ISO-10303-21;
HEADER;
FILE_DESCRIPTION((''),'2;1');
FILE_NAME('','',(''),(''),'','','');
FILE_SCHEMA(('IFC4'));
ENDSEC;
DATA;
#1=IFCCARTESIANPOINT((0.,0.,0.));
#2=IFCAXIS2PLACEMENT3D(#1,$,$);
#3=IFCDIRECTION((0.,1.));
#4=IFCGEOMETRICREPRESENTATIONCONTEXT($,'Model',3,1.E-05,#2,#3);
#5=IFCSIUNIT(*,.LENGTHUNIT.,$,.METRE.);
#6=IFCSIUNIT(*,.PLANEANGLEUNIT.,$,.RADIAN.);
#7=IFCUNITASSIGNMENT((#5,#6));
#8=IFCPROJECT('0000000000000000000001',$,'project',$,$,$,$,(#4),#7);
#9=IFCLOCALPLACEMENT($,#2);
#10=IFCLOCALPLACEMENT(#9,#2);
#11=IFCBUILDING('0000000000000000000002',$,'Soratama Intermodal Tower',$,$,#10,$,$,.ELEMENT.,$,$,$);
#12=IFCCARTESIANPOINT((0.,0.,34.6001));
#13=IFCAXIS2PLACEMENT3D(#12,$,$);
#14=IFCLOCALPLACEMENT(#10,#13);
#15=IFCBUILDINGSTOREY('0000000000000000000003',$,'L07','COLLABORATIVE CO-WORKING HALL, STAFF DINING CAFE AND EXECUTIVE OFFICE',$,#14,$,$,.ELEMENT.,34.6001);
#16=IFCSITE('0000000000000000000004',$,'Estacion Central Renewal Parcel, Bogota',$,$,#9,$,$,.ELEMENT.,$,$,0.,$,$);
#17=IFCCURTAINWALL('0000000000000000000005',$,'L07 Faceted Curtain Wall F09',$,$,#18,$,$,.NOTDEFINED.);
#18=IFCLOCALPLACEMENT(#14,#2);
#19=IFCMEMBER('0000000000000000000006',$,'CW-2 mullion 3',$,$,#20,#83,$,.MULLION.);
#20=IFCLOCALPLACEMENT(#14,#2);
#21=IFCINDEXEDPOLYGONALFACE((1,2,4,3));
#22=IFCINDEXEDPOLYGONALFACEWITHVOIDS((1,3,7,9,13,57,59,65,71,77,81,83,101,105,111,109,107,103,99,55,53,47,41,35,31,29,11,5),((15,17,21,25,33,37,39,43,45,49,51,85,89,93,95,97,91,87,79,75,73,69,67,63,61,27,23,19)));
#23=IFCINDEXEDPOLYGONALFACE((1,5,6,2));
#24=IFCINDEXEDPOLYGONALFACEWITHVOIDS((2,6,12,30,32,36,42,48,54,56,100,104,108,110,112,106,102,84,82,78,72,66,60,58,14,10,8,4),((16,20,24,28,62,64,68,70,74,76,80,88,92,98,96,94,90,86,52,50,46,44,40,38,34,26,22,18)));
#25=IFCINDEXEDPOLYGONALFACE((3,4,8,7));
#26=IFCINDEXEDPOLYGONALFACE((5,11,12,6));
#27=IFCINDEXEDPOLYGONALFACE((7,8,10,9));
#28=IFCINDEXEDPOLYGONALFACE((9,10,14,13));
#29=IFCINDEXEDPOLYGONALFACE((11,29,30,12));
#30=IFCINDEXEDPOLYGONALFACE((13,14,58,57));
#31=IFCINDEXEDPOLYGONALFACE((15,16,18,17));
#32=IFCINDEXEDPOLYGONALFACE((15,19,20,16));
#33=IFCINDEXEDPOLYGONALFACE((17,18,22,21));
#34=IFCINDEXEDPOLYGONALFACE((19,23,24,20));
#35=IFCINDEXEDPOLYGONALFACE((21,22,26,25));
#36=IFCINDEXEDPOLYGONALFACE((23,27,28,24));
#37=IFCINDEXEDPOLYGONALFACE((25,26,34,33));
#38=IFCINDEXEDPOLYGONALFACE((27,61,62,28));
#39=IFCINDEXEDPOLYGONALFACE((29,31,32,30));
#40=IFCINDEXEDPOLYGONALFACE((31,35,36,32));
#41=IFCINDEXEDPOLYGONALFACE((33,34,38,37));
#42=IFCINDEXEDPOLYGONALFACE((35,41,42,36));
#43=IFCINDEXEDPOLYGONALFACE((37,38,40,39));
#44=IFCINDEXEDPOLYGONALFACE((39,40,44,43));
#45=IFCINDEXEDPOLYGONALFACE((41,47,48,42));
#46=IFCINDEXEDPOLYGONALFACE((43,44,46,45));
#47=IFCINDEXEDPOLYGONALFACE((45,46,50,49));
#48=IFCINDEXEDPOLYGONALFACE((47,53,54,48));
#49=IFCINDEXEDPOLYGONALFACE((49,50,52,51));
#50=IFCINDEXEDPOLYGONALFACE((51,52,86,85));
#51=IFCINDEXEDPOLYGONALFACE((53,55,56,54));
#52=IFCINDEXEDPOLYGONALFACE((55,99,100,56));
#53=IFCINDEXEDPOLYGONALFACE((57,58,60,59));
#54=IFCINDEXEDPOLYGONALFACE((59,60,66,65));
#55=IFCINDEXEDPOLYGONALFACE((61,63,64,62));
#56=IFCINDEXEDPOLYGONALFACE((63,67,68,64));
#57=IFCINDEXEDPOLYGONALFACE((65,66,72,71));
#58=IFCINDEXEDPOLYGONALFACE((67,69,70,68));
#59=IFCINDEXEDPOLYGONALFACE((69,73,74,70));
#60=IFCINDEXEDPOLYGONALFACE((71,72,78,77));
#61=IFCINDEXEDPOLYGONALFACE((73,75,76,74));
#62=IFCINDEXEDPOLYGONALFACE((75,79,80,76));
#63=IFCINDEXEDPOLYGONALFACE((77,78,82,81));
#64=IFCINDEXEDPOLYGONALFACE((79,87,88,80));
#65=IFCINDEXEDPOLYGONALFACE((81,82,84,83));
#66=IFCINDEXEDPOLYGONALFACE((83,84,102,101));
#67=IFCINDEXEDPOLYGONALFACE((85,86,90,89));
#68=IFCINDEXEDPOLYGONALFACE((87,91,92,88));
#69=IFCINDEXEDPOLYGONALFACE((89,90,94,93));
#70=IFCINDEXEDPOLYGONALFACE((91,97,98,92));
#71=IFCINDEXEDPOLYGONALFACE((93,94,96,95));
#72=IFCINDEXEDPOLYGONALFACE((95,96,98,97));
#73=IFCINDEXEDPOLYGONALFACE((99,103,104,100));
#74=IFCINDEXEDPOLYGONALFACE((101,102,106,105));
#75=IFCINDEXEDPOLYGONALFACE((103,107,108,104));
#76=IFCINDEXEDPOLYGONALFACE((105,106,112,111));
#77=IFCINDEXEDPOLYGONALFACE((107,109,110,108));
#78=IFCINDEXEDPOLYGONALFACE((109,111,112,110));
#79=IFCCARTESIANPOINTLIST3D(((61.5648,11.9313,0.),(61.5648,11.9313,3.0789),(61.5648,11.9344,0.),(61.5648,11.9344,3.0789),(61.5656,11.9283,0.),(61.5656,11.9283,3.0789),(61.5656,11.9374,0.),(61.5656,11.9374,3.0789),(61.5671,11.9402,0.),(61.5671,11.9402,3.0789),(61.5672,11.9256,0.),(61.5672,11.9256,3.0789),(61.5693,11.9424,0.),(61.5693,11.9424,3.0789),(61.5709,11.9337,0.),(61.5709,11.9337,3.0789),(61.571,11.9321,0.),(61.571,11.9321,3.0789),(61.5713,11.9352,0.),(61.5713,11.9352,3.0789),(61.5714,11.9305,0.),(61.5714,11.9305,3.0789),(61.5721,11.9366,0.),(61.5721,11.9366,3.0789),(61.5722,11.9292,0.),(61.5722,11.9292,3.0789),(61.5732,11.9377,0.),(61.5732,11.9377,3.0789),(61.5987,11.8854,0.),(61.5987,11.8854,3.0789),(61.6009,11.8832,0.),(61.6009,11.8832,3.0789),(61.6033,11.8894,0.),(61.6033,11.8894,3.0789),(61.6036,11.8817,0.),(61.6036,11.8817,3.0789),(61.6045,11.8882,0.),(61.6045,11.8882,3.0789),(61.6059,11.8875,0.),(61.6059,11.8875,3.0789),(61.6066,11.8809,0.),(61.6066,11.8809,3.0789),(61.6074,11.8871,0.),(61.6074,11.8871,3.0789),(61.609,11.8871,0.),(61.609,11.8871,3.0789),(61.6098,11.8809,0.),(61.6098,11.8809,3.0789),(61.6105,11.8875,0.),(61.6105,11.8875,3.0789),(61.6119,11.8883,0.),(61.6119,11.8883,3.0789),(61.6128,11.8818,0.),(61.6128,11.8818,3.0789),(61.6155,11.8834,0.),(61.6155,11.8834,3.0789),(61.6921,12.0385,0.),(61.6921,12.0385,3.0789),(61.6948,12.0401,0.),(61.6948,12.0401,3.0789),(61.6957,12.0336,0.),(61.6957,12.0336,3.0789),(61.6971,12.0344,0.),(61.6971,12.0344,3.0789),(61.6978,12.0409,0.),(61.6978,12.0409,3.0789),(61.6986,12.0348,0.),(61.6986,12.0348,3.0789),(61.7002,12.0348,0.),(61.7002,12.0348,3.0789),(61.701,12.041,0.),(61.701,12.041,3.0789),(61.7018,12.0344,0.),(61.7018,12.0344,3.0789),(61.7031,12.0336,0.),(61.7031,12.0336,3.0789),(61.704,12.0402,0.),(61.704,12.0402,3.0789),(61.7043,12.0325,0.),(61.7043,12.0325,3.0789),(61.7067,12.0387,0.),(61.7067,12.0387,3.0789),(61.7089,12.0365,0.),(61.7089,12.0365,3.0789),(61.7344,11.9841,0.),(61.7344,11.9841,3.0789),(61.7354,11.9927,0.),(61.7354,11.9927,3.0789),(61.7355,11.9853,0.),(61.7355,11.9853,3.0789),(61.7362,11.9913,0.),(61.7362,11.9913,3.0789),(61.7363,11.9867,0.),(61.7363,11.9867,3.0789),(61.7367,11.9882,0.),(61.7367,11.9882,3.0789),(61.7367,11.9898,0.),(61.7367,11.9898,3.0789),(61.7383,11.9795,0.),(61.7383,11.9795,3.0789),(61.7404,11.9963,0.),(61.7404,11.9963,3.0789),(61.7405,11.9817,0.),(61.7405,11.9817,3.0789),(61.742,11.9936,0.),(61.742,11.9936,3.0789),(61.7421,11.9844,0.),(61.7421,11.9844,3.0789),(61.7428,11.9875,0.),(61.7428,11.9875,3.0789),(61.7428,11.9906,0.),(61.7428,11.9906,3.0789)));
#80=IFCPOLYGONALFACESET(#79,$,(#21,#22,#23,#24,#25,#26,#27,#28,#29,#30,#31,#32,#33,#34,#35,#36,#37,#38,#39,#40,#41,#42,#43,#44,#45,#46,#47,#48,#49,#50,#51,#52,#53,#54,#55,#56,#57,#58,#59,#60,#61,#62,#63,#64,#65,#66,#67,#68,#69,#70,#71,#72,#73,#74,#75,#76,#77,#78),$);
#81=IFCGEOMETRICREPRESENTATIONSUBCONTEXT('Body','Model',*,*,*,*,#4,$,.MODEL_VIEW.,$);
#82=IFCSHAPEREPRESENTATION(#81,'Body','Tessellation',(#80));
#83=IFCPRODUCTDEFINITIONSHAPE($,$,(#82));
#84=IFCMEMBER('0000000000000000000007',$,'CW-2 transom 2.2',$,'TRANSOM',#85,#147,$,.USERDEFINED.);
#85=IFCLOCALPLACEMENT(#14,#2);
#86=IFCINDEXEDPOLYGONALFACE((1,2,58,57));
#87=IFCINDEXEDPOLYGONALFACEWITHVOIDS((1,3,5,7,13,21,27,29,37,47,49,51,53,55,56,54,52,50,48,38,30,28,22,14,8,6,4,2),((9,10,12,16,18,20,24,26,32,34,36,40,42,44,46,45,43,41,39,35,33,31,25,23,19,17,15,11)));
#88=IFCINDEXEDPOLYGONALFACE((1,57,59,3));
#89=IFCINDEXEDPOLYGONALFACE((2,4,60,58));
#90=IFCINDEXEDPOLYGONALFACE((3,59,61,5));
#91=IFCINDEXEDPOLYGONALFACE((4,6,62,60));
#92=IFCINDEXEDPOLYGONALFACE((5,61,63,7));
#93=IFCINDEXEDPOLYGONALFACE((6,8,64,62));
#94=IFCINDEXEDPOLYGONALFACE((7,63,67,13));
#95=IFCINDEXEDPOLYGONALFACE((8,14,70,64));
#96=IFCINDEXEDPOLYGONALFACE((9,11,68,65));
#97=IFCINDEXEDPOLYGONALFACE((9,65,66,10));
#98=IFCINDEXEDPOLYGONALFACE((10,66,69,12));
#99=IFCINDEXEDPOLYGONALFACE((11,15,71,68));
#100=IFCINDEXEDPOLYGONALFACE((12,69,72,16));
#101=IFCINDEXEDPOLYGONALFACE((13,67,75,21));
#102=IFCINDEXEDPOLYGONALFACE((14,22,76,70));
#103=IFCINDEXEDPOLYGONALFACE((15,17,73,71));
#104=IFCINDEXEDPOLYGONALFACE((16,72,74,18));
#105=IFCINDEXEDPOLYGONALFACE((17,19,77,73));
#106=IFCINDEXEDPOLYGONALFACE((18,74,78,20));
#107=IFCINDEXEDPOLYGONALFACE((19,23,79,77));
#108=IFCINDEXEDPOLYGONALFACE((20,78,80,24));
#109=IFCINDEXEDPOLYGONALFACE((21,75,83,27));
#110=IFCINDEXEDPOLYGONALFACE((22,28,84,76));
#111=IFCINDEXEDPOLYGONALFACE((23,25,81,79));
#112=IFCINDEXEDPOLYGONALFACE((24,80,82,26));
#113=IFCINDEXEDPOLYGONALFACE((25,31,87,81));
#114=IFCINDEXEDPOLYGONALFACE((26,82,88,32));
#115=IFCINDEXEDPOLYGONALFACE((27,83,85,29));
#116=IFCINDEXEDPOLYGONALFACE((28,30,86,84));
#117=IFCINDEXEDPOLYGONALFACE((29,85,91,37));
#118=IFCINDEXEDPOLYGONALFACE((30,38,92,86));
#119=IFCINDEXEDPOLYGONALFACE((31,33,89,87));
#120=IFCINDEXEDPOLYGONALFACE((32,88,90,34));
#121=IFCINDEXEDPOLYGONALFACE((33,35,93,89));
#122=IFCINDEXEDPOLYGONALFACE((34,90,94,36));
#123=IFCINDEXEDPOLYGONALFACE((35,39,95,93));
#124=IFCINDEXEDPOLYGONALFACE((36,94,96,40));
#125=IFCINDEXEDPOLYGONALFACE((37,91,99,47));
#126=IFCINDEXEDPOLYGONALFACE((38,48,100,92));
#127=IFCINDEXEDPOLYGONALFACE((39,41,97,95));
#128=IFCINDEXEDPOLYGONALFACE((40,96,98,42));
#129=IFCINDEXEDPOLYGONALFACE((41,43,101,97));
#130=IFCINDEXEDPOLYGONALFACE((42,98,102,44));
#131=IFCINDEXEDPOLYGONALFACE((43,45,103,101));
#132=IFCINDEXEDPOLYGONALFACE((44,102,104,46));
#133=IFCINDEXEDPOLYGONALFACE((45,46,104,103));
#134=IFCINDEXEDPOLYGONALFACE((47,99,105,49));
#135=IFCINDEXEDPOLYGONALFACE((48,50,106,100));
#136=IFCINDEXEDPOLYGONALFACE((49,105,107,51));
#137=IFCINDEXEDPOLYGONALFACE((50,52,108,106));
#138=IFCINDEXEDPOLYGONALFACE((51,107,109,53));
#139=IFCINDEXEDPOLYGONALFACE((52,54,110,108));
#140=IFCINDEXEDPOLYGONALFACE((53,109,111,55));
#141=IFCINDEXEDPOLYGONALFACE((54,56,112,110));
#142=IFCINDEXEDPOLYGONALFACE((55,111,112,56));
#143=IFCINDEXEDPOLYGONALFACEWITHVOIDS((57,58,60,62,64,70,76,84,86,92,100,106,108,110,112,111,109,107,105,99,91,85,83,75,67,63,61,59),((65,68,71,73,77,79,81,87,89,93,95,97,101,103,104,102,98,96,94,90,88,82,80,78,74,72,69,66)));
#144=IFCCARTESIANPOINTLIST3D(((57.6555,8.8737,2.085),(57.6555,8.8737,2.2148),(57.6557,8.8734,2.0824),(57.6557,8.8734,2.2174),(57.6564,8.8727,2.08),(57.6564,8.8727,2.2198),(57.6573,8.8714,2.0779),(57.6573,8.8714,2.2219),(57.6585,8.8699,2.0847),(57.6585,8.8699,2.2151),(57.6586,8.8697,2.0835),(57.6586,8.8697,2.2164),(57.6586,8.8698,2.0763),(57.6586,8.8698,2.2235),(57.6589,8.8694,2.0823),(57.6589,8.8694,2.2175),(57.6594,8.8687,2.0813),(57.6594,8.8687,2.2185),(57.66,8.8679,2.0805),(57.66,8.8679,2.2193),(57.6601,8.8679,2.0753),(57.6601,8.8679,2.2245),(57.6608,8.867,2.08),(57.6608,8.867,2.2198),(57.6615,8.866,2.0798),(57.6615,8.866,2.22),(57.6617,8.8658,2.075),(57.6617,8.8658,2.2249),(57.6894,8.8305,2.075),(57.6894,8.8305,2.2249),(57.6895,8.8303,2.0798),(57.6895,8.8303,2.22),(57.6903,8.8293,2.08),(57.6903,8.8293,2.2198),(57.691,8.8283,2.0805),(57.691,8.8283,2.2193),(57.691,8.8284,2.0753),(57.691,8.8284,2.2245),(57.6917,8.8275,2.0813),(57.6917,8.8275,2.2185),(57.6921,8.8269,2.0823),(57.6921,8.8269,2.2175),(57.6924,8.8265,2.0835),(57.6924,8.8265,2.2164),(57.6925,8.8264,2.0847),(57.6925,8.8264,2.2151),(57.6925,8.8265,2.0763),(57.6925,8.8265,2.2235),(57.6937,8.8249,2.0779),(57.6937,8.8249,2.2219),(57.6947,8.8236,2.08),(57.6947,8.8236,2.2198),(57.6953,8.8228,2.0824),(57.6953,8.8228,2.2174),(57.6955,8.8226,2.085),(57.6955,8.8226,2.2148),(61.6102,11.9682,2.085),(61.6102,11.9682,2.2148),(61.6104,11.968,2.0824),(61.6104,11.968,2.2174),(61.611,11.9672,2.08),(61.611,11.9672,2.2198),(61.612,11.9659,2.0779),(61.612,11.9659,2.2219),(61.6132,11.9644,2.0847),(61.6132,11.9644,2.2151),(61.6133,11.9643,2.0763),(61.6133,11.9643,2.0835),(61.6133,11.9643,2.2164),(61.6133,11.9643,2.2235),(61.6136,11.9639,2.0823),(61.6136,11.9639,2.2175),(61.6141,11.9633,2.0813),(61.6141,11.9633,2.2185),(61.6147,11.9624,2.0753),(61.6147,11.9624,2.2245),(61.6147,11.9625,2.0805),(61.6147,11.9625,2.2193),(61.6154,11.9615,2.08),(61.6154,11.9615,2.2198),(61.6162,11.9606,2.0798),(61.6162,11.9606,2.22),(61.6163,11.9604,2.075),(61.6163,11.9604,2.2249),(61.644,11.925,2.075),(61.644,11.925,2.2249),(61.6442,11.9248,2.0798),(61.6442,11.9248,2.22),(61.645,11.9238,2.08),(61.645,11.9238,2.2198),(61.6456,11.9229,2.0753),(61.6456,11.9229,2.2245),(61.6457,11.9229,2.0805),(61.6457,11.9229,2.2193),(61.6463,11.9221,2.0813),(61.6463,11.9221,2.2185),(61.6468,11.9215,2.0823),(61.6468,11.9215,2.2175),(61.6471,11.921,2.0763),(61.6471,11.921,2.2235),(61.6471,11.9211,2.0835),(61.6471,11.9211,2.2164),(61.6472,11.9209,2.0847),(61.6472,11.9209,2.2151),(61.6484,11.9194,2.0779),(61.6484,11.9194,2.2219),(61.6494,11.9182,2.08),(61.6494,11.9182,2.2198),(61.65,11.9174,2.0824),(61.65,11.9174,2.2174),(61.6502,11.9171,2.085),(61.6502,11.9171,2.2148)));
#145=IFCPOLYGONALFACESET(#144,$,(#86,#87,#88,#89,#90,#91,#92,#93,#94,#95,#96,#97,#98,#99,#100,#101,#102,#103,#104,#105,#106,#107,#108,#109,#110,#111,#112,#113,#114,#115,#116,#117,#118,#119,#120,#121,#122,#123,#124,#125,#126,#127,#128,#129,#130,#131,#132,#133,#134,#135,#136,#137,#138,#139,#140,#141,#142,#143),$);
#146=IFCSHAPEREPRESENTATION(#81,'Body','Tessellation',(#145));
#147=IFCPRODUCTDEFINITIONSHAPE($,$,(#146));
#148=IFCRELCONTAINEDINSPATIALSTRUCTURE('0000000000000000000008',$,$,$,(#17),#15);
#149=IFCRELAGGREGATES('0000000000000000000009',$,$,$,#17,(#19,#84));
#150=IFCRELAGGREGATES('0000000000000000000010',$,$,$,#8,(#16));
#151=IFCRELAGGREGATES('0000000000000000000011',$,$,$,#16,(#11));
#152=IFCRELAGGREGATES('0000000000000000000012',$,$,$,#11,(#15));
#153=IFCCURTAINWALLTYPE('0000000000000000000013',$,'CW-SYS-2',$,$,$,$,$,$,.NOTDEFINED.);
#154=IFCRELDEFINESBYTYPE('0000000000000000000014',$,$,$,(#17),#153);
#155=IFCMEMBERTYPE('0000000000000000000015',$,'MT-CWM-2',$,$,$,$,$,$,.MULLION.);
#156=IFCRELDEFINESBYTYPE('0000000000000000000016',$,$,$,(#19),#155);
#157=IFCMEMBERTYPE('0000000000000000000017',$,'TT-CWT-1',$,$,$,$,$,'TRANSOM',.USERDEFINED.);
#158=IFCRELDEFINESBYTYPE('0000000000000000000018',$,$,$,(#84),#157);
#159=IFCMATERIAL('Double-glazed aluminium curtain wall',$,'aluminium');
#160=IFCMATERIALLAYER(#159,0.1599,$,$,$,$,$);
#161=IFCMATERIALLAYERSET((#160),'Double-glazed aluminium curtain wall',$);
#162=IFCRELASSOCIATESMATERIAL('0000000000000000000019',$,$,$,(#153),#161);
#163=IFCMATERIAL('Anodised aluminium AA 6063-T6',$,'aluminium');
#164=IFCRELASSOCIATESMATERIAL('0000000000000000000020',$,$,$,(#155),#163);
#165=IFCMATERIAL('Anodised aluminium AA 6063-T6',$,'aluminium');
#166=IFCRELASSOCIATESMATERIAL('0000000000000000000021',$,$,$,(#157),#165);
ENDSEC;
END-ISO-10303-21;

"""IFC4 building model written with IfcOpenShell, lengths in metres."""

from ifc_helpers import new_model, si_unit, direction, frame, origin, origin_2d, place, context, subcontext, project, spatial, hollow_rectangle, extrude, material, layer, layer_set, material_profile, profile_set, type_object, element, aggregate, save


model = new_model("IFC4")

# Units and contexts
model_context = context("Model", 3, precision=1e-05, world=origin(), true_north=direction((0.0, 1.0)))
body_context = subcontext(model_context, "Body", "Model", "MODEL_VIEW")
ifc_project = project(units=[si_unit("LENGTHUNIT", "METRE"), si_unit("PLANEANGLEUNIT", "RADIAN")], contexts=[model_context])

# Site, building, storey
site_placement = place(None, origin())
site = spatial("IfcSite", under=ifc_project, at=site_placement, Name="Estacion Central Renewal Parcel, Bogota", CompositionType="ELEMENT", RefElevation=0.0)
building_placement = place(site_placement, origin())
building = spatial("IfcBuilding", under=site, at=building_placement, Name="Soratama Intermodal Tower", CompositionType="ELEMENT")
storey_placement = place(building_placement, frame((0.0, 0.0, 34.6001)))
storey = spatial("IfcBuildingStorey", under=building, at=storey_placement, Name="L07", Description="COLLABORATIVE CO-WORKING HALL, STAFF DINING CAFE AND EXECUTIVE OFFICE", CompositionType="ELEMENT", Elevation=34.6001)

# Curtain wall, members
ifc_material_1 = material(Name="Double-glazed aluminium curtain wall", Category="aluminium")
ifc_layer_1 = layer(ifc_material_1, 0.1599)
ifc_layer_set_1 = layer_set([ifc_layer_1], Name="Double-glazed aluminium curtain wall")
curtain_wall_type = type_object("IfcCurtainWallType", Name="CW-SYS-2", PredefinedType="NOTDEFINED", material=ifc_layer_set_1)
curtain_wall_placement = place(storey_placement, origin())
curtain_wall = element("IfcCurtainWall", 1, at=curtain_wall_placement, inside=storey, type_object=curtain_wall_type, Name="L07 Faceted Curtain Wall F09", PredefinedType="NOTDEFINED")
ifc_material_2 = material(Name="Anodised aluminium AA 6063-T6", Category="aluminium")
ifc_material_profile_1 = material_profile(ifc_material_2, hollow_rectangle(XDim=0.075, YDim=0.1799, WallThickness=0.0061, InnerFilletRadius=0.0061, OuterFilletRadius=0.012, at=origin_2d()), Name="CWM180X75X6")
ifc_profile_set_1 = profile_set([ifc_material_profile_1], Name="Anodised aluminium AA 6063-T6")
member_type_1 = type_object("IfcMemberType", Name="MT-CWM-2", PredefinedType="MULLION", material=ifc_profile_set_1)
member_1_placement = place(storey_placement, frame((61.6538, 11.9609, 0.0), z_axis=(0.0, 0.0, 1.0), x_axis=(-0.616218, 0.787576, 0.0)))
member_1 = element("IfcMember", 2, at=member_1_placement, type_object=member_type_1, Name="CW-2 mullion 3", PredefinedType="MULLION", context=body_context, shape_type="SweptSolid", body=[
    extrude(hollow_rectangle(XDim=0.075, YDim=0.1799, WallThickness=0.0061, InnerFilletRadius=0.0061, OuterFilletRadius=0.012, at=origin_2d()), origin(), (0.0, 0.0, 1.0), 3.0789),
])
ifc_material_3 = material(Name="Anodised aluminium AA 6063-T6", Category="aluminium")
ifc_material_profile_2 = material_profile(ifc_material_3, hollow_rectangle(XDim=0.0649, YDim=0.1499, WallThickness=0.0049, InnerFilletRadius=0.0049, OuterFilletRadius=0.01, at=origin_2d()), Name="CWT150X65X5")
ifc_profile_set_2 = profile_set([ifc_material_profile_2], Name="Anodised aluminium AA 6063-T6")
member_type_2 = type_object("IfcMemberType", Name="TT-CWT-1", ElementType="TRANSOM", PredefinedType="USERDEFINED", material=ifc_profile_set_2)
member_2_placement = place(storey_placement, frame((57.6755, 8.8481, 2.1499), z_axis=(0.787545, 0.616257, 0.0), x_axis=(-0.616257, 0.787545, 0.0)))
member_2 = element("IfcMember", 3, at=member_2_placement, type_object=member_type_2, Name="CW-2 transom 2.2", ObjectType="TRANSOM", PredefinedType="USERDEFINED", context=body_context, shape_type="SweptSolid", body=[
    extrude(hollow_rectangle(XDim=0.0649, YDim=0.1499, WallThickness=0.0049, InnerFilletRadius=0.0049, OuterFilletRadius=0.01, at=origin_2d()), origin(), (0.0, 0.0, 1.0), 5.0215),
])
aggregate(curtain_wall, [member_1, member_2])

save(model, "model.ifc")
